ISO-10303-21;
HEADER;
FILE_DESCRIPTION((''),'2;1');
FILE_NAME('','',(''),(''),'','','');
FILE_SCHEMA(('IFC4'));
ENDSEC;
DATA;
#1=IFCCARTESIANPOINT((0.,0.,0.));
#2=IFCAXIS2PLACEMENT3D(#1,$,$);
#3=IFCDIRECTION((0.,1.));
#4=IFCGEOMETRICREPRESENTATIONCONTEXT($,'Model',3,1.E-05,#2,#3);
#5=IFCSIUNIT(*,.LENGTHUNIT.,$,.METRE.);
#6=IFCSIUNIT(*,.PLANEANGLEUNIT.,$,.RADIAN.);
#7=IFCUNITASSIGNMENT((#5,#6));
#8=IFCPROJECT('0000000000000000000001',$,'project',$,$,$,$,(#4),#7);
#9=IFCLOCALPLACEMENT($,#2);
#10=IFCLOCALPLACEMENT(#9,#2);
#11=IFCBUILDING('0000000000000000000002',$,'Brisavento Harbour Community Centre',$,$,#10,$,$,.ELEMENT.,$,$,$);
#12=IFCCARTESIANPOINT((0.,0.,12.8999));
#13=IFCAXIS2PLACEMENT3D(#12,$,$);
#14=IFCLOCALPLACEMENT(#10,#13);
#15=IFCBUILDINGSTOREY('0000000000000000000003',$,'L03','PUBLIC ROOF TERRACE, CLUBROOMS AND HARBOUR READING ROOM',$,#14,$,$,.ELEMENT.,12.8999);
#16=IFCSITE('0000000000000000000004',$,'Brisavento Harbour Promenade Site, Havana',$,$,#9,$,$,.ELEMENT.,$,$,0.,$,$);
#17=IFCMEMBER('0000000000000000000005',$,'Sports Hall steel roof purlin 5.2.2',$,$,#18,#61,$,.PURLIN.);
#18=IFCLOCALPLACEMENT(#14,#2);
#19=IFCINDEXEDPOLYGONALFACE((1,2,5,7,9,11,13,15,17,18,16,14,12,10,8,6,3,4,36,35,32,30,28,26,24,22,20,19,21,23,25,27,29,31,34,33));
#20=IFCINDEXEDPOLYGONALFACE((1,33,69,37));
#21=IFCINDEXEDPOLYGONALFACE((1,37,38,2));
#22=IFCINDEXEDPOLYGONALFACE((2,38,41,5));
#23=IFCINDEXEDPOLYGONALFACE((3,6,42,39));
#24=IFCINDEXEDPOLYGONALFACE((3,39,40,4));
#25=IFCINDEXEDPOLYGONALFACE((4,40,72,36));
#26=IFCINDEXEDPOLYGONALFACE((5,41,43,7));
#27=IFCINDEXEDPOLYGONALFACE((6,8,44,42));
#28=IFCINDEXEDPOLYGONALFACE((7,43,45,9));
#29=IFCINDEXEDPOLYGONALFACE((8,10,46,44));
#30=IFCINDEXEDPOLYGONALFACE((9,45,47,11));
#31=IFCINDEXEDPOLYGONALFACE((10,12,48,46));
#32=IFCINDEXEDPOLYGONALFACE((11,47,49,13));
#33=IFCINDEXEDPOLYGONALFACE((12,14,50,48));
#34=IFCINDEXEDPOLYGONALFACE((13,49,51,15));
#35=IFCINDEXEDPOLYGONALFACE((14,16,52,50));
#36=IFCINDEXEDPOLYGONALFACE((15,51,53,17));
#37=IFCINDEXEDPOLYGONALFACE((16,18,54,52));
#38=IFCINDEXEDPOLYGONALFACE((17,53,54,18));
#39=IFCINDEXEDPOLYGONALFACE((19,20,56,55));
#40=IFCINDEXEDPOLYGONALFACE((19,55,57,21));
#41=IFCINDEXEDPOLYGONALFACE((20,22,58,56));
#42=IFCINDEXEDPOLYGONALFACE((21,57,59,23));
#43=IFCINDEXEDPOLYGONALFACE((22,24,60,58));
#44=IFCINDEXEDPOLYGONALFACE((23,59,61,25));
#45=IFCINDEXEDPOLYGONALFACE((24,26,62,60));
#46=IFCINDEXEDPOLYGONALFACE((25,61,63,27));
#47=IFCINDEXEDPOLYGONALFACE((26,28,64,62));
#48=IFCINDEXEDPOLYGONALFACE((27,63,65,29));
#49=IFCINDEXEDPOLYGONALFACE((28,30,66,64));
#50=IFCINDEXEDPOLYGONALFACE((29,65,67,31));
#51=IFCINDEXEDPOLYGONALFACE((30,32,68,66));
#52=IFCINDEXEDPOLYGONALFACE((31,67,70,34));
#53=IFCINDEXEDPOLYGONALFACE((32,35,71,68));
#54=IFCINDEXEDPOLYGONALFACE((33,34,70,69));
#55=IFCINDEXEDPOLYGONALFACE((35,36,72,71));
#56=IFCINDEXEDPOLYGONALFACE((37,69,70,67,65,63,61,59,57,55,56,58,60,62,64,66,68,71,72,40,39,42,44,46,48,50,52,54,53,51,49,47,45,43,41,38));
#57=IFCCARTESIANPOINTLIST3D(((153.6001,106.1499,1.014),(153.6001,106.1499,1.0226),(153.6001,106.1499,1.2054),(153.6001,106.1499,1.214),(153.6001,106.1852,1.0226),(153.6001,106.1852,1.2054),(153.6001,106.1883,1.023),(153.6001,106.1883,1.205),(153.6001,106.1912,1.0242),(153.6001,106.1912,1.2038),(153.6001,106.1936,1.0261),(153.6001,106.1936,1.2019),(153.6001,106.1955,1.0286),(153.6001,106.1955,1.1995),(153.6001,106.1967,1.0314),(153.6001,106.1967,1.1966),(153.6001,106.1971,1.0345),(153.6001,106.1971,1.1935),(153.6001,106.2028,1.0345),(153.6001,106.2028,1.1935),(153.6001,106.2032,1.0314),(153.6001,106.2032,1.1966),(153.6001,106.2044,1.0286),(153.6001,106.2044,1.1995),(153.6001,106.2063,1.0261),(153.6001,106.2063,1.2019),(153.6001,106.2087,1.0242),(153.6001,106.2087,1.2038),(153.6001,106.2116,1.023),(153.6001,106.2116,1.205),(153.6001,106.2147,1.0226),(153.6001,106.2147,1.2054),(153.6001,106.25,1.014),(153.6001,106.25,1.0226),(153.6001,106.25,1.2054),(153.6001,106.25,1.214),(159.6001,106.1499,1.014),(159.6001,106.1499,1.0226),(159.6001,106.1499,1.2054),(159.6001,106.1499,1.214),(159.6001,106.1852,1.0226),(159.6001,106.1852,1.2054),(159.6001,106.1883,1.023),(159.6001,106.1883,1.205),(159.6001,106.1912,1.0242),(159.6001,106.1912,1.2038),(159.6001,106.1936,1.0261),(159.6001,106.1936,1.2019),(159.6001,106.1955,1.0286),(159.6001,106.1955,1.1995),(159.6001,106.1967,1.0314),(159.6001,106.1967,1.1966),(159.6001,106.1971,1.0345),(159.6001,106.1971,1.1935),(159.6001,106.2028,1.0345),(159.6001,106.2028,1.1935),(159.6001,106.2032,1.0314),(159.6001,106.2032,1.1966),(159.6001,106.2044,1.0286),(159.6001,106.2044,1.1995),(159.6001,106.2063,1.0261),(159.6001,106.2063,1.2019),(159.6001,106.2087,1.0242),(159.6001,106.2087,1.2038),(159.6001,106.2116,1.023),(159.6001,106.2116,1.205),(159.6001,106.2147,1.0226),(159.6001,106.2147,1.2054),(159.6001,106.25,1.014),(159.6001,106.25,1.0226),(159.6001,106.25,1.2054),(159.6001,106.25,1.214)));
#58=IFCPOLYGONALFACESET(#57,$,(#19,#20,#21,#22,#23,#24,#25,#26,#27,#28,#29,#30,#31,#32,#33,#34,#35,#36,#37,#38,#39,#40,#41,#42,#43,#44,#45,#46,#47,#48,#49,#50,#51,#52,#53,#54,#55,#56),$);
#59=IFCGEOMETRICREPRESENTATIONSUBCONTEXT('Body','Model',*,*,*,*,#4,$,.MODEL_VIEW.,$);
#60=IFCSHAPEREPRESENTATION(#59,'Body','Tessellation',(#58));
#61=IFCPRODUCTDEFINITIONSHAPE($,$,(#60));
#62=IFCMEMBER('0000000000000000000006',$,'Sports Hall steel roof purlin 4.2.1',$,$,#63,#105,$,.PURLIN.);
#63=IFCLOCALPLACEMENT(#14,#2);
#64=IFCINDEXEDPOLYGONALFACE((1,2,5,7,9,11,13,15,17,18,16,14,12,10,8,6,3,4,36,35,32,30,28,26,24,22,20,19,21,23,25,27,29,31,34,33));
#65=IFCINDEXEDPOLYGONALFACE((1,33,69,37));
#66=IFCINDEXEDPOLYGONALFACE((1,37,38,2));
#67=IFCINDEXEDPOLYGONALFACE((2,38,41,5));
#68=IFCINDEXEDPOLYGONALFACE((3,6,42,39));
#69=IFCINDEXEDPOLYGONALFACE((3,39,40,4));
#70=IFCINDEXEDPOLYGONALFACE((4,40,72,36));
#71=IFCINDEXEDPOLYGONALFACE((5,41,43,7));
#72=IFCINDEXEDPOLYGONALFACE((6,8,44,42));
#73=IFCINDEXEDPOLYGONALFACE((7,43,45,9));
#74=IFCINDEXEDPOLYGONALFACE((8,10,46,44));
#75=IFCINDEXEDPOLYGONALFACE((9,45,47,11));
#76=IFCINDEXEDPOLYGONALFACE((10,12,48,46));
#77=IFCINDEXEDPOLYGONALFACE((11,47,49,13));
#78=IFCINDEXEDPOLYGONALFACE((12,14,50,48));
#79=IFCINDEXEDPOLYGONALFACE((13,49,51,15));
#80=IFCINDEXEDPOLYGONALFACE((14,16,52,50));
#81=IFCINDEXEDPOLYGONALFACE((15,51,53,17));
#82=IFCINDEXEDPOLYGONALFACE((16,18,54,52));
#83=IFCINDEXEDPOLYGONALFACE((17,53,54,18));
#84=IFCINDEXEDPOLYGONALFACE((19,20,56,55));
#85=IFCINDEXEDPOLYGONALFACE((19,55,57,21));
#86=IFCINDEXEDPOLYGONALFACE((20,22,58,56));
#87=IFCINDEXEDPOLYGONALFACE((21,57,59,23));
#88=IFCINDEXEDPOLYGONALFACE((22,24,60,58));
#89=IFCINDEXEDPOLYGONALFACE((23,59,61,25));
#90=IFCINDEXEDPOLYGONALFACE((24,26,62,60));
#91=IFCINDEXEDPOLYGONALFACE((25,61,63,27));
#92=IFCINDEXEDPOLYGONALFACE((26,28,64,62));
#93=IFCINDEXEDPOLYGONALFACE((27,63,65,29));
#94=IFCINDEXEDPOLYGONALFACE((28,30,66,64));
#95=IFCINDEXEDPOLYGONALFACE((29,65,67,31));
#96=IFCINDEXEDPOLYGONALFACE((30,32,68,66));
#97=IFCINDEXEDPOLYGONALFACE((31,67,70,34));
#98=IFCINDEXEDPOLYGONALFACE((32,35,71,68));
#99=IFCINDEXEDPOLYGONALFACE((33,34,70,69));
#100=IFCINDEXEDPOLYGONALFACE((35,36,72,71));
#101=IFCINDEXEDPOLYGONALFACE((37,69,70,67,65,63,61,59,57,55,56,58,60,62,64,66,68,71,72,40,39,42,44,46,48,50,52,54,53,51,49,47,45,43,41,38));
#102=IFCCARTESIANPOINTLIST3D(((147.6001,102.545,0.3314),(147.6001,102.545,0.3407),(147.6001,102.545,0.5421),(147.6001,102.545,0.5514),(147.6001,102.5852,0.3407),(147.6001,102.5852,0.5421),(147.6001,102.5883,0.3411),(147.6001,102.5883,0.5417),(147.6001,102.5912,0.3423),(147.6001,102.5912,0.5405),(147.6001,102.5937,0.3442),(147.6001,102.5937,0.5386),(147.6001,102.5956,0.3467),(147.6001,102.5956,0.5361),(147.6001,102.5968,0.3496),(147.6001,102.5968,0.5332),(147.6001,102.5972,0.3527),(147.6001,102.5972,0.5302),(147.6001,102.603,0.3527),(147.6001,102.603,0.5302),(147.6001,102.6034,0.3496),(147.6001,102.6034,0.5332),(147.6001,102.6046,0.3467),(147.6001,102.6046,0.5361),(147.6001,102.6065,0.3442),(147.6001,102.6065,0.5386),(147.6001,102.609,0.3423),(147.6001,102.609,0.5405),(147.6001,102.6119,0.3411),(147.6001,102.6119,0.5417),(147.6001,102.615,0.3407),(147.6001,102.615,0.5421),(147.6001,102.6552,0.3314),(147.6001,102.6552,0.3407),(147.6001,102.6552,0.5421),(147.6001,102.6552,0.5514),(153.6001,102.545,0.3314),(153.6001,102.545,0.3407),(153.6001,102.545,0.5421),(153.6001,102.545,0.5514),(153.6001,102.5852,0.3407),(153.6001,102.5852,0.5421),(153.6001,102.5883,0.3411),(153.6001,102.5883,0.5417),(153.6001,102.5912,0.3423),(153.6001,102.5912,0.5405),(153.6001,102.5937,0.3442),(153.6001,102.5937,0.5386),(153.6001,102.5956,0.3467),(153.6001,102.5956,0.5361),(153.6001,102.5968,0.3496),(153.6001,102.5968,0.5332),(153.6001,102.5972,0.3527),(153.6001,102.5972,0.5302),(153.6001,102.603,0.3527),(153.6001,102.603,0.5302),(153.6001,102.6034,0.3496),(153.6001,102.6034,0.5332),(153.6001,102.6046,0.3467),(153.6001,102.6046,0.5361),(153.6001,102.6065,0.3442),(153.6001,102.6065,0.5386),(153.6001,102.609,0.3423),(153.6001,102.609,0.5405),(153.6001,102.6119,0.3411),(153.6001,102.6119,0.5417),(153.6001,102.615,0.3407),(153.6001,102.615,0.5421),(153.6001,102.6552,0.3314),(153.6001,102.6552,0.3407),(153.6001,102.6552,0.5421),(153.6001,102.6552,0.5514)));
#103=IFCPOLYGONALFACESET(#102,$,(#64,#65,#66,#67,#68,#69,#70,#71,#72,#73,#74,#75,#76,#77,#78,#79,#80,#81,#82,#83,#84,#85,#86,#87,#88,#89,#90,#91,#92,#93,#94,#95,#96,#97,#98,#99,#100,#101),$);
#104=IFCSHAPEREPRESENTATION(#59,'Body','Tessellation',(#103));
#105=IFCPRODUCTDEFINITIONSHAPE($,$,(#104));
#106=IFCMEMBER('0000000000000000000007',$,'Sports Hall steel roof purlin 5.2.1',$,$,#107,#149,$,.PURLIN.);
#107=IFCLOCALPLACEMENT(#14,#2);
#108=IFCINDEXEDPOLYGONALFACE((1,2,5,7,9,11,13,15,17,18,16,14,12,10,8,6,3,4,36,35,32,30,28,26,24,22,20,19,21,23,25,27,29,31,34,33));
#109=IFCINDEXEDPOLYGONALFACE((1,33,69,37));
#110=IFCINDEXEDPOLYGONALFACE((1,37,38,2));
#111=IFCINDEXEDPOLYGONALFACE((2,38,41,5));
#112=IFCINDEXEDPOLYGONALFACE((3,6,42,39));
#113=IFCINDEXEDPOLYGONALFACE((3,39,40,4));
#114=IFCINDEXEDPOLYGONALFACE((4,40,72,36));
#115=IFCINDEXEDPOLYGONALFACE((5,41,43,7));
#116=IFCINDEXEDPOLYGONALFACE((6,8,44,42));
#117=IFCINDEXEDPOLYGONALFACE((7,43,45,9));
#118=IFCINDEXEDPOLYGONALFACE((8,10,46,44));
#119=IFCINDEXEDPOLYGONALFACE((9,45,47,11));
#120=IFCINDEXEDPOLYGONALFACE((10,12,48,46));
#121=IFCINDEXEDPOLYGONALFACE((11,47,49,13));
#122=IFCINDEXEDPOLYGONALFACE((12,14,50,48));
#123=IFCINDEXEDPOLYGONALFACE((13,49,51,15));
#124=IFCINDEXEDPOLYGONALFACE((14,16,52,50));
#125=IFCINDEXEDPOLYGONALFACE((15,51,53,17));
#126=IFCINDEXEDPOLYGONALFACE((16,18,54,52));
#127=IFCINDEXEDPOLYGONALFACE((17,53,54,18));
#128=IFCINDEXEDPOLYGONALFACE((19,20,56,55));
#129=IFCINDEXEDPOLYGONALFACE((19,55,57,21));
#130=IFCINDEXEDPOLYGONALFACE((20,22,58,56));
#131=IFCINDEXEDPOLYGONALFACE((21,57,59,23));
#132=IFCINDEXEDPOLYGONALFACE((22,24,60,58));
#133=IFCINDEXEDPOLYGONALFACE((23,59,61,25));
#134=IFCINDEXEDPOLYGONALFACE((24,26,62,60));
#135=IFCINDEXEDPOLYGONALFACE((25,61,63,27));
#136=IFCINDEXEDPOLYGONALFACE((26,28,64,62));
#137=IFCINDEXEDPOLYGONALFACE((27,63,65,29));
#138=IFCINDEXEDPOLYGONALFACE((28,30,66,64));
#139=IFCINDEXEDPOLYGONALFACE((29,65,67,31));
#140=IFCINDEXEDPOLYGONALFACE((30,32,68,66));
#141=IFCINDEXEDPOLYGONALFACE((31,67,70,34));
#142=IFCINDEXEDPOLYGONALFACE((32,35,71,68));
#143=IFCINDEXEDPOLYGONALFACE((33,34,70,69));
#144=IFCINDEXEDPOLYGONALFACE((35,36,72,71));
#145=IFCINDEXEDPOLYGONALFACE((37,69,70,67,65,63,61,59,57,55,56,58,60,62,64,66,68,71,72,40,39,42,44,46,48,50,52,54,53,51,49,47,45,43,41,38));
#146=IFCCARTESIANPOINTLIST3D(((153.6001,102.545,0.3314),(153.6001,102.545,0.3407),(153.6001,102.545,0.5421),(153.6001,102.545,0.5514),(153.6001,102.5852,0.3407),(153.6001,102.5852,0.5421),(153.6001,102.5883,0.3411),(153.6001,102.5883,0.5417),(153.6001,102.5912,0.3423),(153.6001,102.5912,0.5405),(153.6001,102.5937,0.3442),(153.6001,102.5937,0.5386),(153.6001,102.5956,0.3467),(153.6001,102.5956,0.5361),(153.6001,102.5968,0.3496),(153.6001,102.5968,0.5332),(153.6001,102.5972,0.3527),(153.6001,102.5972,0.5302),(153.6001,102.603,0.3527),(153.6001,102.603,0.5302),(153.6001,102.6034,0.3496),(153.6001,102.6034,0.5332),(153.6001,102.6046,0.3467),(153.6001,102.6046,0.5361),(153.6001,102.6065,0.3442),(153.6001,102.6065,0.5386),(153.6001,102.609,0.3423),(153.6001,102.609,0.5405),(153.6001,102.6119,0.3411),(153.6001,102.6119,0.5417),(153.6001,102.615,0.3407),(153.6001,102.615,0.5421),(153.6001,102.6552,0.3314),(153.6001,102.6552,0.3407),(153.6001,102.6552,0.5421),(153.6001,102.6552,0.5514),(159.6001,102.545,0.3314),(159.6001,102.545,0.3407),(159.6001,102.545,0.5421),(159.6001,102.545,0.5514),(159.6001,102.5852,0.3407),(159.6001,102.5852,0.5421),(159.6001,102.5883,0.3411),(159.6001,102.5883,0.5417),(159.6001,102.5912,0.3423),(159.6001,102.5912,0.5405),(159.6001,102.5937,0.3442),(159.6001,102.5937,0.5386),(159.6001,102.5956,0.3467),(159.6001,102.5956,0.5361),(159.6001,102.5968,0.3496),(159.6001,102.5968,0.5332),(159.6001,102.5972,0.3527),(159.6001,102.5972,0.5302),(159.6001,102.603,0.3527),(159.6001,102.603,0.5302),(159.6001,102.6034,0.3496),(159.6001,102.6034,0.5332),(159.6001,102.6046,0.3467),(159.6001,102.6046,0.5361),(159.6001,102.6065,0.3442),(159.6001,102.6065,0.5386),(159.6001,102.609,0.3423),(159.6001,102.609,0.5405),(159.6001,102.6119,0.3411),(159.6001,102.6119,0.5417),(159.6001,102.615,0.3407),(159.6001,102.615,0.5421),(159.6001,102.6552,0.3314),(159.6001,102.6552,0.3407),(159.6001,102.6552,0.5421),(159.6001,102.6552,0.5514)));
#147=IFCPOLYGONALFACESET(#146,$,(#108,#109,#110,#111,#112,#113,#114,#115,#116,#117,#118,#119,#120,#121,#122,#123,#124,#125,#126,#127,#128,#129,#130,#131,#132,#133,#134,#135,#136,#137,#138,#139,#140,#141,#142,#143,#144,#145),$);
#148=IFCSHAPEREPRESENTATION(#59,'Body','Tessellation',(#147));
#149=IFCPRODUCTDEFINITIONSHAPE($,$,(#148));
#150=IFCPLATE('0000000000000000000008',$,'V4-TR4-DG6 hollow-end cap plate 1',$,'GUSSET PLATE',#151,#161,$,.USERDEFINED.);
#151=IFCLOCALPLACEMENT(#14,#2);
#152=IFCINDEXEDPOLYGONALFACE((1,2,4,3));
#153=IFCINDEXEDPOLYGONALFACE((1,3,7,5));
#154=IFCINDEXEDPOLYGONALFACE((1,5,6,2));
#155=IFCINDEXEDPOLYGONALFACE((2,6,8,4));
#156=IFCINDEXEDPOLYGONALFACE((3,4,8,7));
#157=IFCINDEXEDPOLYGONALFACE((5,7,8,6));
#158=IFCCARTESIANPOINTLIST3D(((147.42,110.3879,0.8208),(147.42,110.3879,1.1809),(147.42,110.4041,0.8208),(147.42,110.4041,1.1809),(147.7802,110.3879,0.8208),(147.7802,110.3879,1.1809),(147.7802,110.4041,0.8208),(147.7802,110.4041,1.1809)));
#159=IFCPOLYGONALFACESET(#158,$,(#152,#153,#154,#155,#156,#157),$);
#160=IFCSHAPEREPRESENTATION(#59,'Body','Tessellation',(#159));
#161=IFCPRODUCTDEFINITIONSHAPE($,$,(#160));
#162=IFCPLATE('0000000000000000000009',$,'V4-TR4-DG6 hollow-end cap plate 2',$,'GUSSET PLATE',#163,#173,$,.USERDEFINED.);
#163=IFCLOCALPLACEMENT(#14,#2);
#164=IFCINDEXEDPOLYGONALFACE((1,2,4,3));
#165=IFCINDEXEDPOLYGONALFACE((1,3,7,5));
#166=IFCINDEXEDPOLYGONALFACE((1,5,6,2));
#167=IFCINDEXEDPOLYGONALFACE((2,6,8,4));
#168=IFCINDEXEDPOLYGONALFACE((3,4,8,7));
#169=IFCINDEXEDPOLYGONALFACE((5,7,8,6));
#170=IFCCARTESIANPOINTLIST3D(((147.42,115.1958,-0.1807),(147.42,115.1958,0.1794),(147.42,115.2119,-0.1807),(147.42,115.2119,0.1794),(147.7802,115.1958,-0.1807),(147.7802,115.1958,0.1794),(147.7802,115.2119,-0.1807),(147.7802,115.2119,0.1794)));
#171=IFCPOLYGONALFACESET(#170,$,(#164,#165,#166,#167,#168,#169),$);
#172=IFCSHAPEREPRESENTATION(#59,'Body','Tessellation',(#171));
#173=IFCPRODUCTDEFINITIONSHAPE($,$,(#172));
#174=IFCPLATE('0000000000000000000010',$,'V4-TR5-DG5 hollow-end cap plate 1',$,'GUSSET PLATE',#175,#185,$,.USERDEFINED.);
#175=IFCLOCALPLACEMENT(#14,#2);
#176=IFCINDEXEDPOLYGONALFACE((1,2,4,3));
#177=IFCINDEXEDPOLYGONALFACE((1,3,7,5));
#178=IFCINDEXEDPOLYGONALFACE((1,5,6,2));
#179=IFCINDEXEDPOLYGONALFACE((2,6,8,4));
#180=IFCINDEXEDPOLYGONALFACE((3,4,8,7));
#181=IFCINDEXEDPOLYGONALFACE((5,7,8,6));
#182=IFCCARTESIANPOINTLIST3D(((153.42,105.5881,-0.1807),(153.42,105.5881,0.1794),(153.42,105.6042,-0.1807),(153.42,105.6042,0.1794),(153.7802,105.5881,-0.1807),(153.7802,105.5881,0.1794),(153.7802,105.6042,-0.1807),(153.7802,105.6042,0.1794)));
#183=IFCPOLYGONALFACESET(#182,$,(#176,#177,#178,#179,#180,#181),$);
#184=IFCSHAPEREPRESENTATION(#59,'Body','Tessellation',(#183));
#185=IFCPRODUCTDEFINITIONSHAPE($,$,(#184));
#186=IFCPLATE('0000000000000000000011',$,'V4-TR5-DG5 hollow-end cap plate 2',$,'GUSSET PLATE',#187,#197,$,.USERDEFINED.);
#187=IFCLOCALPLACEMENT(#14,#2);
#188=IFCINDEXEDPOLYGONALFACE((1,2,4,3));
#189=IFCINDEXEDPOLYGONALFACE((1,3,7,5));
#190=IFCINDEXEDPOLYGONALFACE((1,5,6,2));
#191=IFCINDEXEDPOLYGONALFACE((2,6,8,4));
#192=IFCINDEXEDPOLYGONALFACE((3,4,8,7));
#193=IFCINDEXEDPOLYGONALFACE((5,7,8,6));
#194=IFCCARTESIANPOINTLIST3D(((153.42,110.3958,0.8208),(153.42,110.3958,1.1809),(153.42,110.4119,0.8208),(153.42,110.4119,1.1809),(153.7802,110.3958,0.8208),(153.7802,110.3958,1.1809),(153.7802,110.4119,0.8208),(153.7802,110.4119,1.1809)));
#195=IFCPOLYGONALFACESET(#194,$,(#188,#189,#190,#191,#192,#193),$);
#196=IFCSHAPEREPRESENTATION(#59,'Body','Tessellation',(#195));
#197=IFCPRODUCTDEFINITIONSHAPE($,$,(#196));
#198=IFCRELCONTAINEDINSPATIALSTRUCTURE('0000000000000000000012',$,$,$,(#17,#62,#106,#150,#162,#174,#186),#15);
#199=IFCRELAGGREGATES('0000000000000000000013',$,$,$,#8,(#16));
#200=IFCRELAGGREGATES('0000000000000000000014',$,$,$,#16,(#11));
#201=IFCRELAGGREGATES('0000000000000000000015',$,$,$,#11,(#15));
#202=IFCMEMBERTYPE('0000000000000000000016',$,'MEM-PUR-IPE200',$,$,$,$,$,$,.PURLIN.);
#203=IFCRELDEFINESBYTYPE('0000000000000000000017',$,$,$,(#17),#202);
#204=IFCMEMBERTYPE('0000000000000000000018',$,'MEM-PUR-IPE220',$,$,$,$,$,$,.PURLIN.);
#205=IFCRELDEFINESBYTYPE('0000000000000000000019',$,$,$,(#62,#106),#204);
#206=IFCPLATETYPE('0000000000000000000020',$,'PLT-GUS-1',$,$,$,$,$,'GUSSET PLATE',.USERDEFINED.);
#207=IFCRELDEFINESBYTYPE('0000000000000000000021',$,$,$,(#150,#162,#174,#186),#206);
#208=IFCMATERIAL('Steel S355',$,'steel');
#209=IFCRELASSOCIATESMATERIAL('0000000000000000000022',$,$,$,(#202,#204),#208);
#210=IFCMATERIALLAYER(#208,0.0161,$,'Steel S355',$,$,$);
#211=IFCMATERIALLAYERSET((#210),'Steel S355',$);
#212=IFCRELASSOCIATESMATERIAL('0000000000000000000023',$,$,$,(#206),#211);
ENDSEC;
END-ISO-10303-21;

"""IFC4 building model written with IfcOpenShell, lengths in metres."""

from ifc_helpers import new_model, si_unit, direction, frame, origin, origin_2d, place, context, subcontext, project, spatial, rectangle, i_section, extrude, material, layer, layer_set, material_profile, profile_set, type_object, element, save


model = new_model("IFC4")

# Units and contexts
model_context = context("Model", 3, precision=1e-05, world=origin(), true_north=direction((0.0, 1.0)))
body_context = subcontext(model_context, "Body", "Model", "MODEL_VIEW")
ifc_project = project(units=[si_unit("LENGTHUNIT", "METRE"), si_unit("PLANEANGLEUNIT", "RADIAN")], contexts=[model_context])

# Site, building, storey
site_placement = place(None, origin())
site = spatial("IfcSite", under=ifc_project, at=site_placement, Name="Brisavento Harbour Promenade Site, Havana", CompositionType="ELEMENT", RefElevation=0.0)
building_placement = place(site_placement, origin())
building = spatial("IfcBuilding", under=site, at=building_placement, Name="Brisavento Harbour Community Centre", CompositionType="ELEMENT")
storey_placement = place(building_placement, frame((0.0, 0.0, 12.8999)))
storey = spatial("IfcBuildingStorey", under=building, at=storey_placement, Name="L03", Description="PUBLIC ROOF TERRACE, CLUBROOMS AND HARBOUR READING ROOM", CompositionType="ELEMENT", Elevation=12.8999)

# Members
ifc_material = material(Name="Steel S355", Category="steel")
ifc_material_profile_1 = material_profile(ifc_material, i_section(OverallWidth=0.1001, OverallDepth=0.2, WebThickness=0.0056, FlangeThickness=0.0085, FilletRadius=0.012, at=origin_2d()), Name="Steel S355")
ifc_profile_set_1 = profile_set([ifc_material_profile_1], Name="Steel S355")
member_type_1 = type_object("IfcMemberType", Name="MEM-PUR-IPE200", PredefinedType="PURLIN", material=ifc_profile_set_1)
for number, where, z_axis, x_axis, name in (
    (1, (153.6001, 106.2, 1.114), (1.0, 0.0, 0.0), (0.0, 1.0, 0.0), "Sports Hall steel roof purlin 5.2.2"),
):
    element("IfcMember", number, at=place(storey_placement, frame(where, z_axis=z_axis, x_axis=x_axis)), inside=storey, type_object=member_type_1, Name=name, PredefinedType="PURLIN", context=body_context, shape_type="SweptSolid", body=[
        extrude(i_section(OverallWidth=0.1001, OverallDepth=0.2, WebThickness=0.0056, FlangeThickness=0.0085, FilletRadius=0.012, at=origin_2d()), origin(), (0.0, 0.0, 1.0), 6.0),
    ])
ifc_material_profile_2 = material_profile(ifc_material, i_section(OverallWidth=0.1101, OverallDepth=0.22, WebThickness=0.0059, FlangeThickness=0.0093, FilletRadius=0.012, at=origin_2d()), Name="Steel S355")
ifc_profile_set_2 = profile_set([ifc_material_profile_2], Name="Steel S355")
member_type_2 = type_object("IfcMemberType", Name="MEM-PUR-IPE220", PredefinedType="PURLIN", material=ifc_profile_set_2)
for number, where, z_axis, x_axis, name in (
    (2, (147.6001, 102.6001, 0.4414), (1.0, 0.0, 0.0), (0.0, 1.0, 0.0), "Sports Hall steel roof purlin 4.2.1"),
    (3, (153.6001, 102.6001, 0.4414), (1.0, 0.0, 0.0), (0.0, 1.0, 0.0), "Sports Hall steel roof purlin 5.2.1"),
):
    element("IfcMember", number, at=place(storey_placement, frame(where, z_axis=z_axis, x_axis=x_axis)), inside=storey, type_object=member_type_2, Name=name, PredefinedType="PURLIN", context=body_context, shape_type="SweptSolid", body=[
        extrude(i_section(OverallWidth=0.1101, OverallDepth=0.22, WebThickness=0.0059, FlangeThickness=0.0093, FilletRadius=0.012, at=origin_2d()), origin(), (0.0, 0.0, 1.0), 6.0),
    ])

# Plates
ifc_layer_1 = layer(ifc_material, 0.0161, Name="Steel S355")
ifc_layer_set_1 = layer_set([ifc_layer_1], Name="Steel S355")
plate_type_1 = type_object("IfcPlateType", Name="PLT-GUS-1", ElementType="GUSSET PLATE", PredefinedType="USERDEFINED", material=ifc_layer_set_1)
for number, where, z_axis, x_axis, name in (
    (4, (147.6001, 110.396, 0.8208), (0.0, 0.0, 1.0), (0.0, 1.0, 0.0), "V4-TR4-DG6 hollow-end cap plate 1"),
    (5, (147.6001, 115.2039, -0.1807), (0.0, 0.0, 1.0), (0.0, 1.0, 0.0), "V4-TR4-DG6 hollow-end cap plate 2"),
    (6, (153.6001, 105.5962, -0.1807), (0.0, 0.0, 1.0), (0.0, 1.0, 0.0), "V4-TR5-DG5 hollow-end cap plate 1"),
    (7, (153.6001, 110.4038, 0.8208), (0.0, 0.0, 1.0), (0.0, 1.0, 0.0), "V4-TR5-DG5 hollow-end cap plate 2"),
):
    element("IfcPlate", number, at=place(storey_placement, frame(where, z_axis=z_axis, x_axis=x_axis)), inside=storey, type_object=plate_type_1, Name=name, ObjectType="GUSSET PLATE", PredefinedType="USERDEFINED", context=body_context, shape_type="SweptSolid", body=[
        extrude(rectangle(XDim=0.0161, YDim=0.3601, at=origin_2d()), origin(), (0.0, 0.0, 1.0), 0.3601),
    ])

save(model, "model.ifc")
